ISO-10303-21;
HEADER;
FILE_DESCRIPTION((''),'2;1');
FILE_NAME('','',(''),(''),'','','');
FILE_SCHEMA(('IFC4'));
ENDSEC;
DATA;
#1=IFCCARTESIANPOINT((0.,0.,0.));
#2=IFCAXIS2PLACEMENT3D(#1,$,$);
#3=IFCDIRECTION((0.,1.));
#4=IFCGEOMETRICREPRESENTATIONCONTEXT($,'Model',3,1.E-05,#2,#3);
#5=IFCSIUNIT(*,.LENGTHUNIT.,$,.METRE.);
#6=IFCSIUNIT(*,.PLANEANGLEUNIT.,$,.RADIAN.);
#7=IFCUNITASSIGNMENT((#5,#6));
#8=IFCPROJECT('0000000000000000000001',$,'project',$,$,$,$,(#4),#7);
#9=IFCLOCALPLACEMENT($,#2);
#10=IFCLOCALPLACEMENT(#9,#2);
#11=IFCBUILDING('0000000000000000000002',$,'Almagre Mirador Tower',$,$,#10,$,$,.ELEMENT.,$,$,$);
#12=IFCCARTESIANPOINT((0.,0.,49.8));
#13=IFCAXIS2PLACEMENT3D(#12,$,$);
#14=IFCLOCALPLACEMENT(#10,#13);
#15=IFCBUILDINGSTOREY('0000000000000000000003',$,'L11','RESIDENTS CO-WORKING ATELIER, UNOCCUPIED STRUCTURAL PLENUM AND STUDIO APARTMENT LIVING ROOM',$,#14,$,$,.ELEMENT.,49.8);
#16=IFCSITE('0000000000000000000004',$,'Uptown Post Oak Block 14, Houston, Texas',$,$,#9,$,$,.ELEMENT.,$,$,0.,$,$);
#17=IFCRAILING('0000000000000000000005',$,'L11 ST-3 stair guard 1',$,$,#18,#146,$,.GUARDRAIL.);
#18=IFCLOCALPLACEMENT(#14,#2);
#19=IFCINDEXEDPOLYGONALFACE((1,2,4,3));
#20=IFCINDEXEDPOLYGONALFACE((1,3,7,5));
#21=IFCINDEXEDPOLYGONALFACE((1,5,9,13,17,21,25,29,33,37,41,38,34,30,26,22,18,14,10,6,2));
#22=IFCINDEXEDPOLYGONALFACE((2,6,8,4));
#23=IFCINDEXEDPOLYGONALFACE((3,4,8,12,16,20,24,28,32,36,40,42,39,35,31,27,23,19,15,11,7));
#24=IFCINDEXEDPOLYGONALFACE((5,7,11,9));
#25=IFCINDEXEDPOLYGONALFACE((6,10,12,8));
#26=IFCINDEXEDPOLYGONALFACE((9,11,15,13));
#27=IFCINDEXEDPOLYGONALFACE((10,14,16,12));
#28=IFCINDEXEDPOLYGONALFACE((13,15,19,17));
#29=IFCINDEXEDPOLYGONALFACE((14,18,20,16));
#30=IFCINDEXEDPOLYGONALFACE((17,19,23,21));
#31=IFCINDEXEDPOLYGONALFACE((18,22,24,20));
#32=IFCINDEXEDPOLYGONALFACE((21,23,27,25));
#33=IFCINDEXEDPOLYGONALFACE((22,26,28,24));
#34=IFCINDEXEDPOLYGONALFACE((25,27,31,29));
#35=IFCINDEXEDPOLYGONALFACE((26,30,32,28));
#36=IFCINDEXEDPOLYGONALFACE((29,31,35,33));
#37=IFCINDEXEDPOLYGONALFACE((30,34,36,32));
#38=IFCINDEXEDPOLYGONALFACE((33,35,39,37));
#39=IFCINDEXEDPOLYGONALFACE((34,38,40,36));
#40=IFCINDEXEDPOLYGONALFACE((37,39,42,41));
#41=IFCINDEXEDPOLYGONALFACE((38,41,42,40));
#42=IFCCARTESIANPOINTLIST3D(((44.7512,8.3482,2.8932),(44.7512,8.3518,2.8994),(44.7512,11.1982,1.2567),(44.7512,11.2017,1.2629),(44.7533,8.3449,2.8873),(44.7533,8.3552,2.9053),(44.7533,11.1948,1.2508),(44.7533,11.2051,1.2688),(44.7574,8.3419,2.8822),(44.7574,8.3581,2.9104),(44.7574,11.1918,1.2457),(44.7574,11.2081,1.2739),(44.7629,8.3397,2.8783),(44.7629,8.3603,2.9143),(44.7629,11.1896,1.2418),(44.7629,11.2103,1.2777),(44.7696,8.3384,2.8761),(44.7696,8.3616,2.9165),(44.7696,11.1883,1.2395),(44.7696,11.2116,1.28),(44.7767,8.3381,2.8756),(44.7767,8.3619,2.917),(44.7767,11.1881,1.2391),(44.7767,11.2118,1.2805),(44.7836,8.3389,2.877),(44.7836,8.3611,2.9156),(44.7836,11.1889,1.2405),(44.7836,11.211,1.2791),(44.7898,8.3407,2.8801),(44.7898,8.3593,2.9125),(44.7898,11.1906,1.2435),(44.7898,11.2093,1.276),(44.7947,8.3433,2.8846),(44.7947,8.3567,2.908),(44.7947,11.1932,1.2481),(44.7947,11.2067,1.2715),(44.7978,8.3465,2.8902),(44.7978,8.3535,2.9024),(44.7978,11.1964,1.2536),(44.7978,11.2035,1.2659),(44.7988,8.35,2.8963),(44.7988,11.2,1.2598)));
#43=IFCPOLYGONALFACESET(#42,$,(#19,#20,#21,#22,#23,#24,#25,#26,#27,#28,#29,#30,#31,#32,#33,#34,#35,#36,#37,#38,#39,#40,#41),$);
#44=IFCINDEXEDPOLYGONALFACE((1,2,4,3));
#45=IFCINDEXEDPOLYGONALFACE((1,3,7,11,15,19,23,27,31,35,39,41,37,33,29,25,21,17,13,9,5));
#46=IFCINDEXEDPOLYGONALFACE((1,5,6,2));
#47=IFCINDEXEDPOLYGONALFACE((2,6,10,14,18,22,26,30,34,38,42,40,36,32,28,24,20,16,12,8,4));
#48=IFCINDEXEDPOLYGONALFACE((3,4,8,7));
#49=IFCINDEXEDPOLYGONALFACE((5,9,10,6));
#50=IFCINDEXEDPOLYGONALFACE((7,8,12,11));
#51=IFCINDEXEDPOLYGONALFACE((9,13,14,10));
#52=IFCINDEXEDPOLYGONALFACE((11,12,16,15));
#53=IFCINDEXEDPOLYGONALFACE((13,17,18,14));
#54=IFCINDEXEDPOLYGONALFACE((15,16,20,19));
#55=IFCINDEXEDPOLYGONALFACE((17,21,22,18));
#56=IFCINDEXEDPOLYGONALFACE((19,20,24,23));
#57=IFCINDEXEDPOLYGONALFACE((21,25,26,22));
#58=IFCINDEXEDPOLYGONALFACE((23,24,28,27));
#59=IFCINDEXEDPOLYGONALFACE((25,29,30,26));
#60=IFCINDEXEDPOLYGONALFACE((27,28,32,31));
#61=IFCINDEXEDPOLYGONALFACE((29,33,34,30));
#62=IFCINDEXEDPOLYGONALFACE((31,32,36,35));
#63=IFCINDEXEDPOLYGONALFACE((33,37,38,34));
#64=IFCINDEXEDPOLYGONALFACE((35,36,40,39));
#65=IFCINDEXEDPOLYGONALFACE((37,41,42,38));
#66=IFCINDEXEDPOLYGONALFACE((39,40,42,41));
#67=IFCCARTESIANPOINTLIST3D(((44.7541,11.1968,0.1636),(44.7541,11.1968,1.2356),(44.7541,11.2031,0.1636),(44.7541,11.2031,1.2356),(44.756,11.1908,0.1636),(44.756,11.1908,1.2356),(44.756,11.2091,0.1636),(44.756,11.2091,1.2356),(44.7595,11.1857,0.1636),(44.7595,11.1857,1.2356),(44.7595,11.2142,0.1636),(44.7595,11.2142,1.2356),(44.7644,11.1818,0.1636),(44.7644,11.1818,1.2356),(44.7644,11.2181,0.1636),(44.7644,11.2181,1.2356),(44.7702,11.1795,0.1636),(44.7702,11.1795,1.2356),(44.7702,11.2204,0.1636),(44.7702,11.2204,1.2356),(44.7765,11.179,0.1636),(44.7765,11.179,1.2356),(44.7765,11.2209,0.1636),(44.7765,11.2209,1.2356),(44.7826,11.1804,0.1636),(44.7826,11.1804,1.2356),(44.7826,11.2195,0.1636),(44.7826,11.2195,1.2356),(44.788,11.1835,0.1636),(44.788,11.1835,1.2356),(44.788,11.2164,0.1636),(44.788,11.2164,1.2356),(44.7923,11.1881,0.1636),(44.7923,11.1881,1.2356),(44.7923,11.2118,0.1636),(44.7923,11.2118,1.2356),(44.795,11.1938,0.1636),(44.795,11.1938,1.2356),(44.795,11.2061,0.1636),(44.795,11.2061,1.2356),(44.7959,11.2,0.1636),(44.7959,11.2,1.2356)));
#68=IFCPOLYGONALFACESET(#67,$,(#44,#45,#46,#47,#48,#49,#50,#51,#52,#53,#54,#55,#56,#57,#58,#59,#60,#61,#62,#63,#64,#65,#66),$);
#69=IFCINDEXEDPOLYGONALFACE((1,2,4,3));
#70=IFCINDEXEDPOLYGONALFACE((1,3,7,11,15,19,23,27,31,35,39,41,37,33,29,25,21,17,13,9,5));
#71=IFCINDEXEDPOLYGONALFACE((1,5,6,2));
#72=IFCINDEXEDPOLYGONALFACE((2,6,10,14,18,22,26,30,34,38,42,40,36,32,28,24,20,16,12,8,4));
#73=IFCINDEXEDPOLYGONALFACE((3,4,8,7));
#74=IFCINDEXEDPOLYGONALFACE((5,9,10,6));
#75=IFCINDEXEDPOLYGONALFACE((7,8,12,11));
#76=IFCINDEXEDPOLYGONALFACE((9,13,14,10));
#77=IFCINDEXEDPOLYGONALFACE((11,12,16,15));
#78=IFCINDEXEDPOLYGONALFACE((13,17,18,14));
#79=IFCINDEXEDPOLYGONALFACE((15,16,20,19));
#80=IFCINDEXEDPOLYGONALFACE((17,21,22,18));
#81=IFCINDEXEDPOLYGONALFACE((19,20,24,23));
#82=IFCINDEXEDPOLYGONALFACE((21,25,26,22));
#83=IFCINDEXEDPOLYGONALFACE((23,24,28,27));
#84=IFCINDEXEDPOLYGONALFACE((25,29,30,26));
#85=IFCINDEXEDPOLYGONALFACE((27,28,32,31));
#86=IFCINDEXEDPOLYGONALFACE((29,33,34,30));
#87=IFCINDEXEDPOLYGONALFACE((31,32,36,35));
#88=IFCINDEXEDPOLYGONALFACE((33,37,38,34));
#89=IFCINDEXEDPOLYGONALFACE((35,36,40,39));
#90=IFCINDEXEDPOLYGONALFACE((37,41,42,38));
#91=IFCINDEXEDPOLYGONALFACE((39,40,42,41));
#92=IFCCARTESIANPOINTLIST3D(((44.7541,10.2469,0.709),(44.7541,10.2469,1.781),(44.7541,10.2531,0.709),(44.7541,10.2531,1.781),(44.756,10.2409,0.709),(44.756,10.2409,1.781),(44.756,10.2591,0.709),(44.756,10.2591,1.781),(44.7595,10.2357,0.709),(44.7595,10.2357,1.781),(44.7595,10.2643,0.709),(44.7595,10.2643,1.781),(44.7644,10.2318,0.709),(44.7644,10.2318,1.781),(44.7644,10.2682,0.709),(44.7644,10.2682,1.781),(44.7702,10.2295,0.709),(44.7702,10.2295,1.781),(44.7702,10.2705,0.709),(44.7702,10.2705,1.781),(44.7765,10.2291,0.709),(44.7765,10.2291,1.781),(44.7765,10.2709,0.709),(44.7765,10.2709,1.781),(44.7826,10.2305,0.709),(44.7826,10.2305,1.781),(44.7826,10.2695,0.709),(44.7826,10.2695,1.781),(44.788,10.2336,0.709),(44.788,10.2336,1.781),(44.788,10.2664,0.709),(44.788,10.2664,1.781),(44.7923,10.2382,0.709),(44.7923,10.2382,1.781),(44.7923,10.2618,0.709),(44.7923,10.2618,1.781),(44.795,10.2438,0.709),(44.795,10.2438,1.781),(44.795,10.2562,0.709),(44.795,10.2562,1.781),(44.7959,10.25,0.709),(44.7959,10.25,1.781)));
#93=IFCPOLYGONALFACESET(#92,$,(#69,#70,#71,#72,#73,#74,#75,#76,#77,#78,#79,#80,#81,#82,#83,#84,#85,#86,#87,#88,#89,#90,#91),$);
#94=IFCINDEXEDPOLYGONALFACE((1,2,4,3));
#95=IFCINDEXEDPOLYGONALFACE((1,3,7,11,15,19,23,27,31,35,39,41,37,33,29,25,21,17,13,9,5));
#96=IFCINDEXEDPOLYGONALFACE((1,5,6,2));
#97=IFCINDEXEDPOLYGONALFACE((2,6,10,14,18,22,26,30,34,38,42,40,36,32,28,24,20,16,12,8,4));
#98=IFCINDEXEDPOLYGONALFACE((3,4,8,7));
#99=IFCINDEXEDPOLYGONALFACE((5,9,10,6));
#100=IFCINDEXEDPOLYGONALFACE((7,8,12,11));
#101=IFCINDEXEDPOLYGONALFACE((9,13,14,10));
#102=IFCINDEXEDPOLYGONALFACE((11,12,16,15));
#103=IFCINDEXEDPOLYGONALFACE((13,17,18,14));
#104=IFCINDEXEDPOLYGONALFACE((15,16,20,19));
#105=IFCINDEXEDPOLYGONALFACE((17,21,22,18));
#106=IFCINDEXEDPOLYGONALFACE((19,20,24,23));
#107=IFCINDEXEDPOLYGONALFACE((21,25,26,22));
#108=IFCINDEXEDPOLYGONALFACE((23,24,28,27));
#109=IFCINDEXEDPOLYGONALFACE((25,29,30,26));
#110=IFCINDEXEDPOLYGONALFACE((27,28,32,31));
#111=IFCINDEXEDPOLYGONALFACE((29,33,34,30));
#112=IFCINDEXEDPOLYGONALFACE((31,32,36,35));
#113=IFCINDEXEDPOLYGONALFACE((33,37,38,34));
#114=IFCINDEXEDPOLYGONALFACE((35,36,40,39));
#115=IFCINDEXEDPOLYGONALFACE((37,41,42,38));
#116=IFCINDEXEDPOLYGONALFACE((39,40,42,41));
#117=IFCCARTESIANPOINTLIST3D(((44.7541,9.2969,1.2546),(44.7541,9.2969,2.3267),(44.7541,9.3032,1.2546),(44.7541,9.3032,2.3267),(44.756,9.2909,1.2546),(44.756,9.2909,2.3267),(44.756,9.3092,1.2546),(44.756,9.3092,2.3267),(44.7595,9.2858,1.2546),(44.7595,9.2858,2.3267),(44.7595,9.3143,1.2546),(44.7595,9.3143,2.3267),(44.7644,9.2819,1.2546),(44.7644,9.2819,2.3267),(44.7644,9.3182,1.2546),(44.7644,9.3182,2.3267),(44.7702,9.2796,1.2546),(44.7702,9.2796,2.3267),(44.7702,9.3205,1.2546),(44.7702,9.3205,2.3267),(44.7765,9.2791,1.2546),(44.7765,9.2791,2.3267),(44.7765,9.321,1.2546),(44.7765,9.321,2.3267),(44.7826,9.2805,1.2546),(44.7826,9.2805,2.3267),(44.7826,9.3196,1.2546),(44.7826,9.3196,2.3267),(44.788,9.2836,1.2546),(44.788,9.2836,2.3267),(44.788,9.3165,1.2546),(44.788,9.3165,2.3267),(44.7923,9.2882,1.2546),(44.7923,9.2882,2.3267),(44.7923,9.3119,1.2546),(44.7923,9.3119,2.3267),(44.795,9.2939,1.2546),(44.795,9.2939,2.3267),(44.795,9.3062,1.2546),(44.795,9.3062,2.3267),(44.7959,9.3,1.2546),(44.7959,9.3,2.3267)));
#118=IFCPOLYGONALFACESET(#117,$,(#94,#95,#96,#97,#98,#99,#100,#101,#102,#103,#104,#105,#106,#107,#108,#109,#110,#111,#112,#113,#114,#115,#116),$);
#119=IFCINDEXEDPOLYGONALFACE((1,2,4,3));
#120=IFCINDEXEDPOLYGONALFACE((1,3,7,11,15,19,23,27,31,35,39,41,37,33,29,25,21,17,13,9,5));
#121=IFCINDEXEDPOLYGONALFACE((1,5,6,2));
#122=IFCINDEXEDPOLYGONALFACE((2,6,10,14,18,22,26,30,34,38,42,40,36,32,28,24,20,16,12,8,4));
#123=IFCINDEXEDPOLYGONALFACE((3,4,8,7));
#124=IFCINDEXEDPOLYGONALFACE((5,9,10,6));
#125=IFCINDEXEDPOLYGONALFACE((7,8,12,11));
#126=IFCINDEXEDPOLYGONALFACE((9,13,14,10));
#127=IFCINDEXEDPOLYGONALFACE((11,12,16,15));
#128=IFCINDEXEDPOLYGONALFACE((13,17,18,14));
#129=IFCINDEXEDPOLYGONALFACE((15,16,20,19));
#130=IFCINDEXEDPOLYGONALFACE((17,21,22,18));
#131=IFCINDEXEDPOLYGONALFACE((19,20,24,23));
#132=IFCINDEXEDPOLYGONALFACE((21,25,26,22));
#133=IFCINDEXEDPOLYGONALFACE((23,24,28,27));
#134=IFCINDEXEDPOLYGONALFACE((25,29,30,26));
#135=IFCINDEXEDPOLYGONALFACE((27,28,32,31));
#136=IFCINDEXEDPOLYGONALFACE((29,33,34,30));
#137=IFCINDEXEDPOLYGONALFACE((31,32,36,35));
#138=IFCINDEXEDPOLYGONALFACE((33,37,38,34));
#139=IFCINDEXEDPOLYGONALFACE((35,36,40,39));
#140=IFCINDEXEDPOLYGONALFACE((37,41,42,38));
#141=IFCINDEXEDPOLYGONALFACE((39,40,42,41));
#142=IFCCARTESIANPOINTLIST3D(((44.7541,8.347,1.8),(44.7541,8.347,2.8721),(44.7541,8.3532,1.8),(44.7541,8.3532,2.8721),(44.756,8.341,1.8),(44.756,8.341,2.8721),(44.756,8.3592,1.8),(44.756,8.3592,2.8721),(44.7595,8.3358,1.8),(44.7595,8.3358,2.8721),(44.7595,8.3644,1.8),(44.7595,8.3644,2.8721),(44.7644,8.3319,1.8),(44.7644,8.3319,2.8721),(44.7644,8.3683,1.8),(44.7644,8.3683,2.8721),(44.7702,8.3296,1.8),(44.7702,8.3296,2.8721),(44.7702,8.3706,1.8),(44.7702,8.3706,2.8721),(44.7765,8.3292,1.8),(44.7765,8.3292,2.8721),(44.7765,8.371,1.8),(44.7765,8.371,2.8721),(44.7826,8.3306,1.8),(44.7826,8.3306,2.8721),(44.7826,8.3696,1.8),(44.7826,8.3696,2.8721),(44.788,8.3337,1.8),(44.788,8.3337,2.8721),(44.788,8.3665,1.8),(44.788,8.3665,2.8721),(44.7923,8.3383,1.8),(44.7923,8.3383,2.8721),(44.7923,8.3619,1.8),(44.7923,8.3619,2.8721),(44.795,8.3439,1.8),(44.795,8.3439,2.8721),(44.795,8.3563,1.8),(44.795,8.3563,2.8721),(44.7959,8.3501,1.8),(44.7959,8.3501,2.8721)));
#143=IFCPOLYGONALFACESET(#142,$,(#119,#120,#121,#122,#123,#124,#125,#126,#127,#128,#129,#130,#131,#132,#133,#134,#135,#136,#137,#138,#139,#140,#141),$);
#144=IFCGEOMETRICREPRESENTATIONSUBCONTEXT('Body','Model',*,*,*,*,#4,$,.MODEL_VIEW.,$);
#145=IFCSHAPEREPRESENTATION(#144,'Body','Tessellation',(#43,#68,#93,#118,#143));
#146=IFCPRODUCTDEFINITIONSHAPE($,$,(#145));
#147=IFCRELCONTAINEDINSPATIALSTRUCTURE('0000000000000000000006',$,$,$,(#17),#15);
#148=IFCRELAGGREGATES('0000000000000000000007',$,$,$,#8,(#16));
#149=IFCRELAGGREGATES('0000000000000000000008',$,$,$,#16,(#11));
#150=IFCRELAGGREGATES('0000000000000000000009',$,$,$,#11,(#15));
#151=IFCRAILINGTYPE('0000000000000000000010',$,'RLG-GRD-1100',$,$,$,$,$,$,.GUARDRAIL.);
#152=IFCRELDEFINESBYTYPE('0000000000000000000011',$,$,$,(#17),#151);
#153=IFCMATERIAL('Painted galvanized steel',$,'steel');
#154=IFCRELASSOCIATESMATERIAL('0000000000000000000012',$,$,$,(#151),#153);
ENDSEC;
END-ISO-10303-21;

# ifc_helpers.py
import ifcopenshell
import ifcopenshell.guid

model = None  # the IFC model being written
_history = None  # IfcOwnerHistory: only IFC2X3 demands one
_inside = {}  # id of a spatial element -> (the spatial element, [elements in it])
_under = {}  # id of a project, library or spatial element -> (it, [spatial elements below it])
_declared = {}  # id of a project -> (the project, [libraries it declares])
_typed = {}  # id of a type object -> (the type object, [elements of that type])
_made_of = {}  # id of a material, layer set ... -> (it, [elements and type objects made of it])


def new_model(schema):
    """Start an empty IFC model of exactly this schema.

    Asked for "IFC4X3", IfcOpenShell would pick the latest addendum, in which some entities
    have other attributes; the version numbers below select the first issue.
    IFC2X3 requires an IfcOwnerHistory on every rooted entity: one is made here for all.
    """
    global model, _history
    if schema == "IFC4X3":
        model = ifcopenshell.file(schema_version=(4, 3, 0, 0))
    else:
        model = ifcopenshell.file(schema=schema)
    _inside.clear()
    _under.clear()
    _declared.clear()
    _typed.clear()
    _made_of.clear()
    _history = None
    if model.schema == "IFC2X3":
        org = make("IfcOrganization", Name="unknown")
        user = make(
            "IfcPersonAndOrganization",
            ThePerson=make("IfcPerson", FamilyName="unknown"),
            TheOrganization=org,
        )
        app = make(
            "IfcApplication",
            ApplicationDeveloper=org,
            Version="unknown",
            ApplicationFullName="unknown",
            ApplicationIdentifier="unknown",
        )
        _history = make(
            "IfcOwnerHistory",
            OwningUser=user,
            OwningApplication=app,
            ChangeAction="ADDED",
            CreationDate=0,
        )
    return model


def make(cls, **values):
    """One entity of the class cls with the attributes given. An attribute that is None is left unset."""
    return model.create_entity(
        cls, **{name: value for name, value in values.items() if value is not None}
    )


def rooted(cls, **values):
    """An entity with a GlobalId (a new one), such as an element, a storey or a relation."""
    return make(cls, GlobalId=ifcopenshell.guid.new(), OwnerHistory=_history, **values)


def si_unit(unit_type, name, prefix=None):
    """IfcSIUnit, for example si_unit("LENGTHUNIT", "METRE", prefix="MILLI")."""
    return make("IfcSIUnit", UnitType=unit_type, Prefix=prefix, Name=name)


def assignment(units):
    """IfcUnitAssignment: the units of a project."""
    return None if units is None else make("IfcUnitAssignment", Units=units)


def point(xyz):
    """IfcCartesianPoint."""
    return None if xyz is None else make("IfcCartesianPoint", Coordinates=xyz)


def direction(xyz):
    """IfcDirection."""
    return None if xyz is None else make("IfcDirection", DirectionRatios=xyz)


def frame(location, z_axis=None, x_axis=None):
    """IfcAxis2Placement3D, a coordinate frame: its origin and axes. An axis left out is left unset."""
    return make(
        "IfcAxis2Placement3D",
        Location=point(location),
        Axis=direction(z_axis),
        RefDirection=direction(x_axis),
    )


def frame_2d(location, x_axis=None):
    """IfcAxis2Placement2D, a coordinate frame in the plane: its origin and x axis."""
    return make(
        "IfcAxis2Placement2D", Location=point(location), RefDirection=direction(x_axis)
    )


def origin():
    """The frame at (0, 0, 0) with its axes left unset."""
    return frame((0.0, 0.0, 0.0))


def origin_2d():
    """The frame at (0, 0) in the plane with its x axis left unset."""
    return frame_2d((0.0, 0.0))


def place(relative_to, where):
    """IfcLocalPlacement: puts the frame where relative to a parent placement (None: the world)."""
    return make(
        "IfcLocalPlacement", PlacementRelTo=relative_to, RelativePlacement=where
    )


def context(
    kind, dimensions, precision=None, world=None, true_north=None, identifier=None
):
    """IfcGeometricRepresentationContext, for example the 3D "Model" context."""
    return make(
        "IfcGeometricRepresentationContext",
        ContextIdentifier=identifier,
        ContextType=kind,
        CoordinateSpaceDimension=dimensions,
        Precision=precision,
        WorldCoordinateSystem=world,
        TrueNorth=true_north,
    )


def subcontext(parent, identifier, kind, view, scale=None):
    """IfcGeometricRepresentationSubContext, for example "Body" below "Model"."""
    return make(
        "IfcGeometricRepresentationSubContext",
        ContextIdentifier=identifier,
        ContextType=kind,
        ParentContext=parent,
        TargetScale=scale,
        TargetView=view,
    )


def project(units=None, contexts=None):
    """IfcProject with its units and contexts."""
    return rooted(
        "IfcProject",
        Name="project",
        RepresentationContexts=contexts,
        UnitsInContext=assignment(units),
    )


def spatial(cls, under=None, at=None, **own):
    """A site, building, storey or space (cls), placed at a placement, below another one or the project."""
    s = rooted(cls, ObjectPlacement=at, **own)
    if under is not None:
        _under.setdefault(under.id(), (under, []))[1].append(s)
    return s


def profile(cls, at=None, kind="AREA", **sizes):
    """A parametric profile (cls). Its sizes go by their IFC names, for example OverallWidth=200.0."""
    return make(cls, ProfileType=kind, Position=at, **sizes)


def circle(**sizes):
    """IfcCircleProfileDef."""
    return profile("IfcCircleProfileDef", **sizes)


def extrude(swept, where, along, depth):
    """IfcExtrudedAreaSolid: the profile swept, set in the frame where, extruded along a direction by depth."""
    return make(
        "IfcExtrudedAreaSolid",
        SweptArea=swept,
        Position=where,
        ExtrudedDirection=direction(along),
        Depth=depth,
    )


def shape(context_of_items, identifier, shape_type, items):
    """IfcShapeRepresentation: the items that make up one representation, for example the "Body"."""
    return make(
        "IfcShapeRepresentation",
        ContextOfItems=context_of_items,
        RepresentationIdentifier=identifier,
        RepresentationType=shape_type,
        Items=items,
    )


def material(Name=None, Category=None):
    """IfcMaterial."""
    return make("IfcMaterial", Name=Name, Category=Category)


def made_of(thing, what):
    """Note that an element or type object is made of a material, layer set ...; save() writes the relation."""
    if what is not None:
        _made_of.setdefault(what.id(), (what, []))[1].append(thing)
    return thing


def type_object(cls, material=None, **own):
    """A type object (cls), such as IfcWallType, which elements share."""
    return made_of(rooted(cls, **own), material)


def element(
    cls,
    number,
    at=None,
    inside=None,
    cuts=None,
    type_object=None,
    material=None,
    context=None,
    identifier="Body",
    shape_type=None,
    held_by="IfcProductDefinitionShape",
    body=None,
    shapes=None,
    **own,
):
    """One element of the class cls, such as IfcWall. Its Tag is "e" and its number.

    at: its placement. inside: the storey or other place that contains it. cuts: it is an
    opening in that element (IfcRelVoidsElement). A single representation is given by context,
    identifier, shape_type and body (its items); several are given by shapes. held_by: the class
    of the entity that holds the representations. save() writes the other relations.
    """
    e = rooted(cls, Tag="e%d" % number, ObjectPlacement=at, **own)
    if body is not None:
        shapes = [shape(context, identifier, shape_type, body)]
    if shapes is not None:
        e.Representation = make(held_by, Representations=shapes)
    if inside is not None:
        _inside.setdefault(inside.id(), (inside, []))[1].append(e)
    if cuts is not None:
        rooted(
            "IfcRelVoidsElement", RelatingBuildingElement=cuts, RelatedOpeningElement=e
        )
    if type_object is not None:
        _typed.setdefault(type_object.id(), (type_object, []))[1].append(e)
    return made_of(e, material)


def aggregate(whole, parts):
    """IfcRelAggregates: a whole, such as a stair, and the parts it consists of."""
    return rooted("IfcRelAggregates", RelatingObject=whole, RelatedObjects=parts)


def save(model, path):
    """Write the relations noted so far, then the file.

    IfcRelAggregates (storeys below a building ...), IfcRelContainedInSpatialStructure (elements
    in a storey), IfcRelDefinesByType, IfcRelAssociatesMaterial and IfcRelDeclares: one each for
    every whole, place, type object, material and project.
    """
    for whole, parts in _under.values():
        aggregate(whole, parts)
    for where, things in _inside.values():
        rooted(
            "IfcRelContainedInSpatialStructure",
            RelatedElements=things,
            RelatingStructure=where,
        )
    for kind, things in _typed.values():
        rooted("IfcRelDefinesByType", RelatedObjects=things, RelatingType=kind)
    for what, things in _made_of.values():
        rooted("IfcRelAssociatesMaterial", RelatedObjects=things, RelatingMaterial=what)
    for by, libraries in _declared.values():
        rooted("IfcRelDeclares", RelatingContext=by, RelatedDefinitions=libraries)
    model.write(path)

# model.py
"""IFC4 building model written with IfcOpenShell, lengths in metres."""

from ifc_helpers import new_model, si_unit, direction, frame, origin, origin_2d, place, context, subcontext, project, spatial, circle, extrude, material, type_object, element, save


model = new_model("IFC4")

# Units and contexts
model_context = context("Model", 3, precision=1e-05, world=origin(), true_north=direction((0.0, 1.0)))
body_context = subcontext(model_context, "Body", "Model", "MODEL_VIEW")
ifc_project = project(units=[si_unit("LENGTHUNIT", "METRE"), si_unit("PLANEANGLEUNIT", "RADIAN")], contexts=[model_context])

# Site, building, storey
site_placement = place(None, origin())
site = spatial("IfcSite", under=ifc_project, at=site_placement, Name="Uptown Post Oak Block 14, Houston, Texas", CompositionType="ELEMENT", RefElevation=0.0)
building_placement = place(site_placement, origin())
building = spatial("IfcBuilding", under=site, at=building_placement, Name="Almagre Mirador Tower", CompositionType="ELEMENT")
storey_placement = place(building_placement, frame((0.0, 0.0, 49.8)))
storey = spatial("IfcBuildingStorey", under=building, at=storey_placement, Name="L11", Description="RESIDENTS CO-WORKING ATELIER, UNOCCUPIED STRUCTURAL PLENUM AND STUDIO APARTMENT LIVING ROOM", CompositionType="ELEMENT", Elevation=49.8)

# Railing
ifc_material_1 = material(Name="Painted galvanized steel", Category="steel")
railing_type_1 = type_object("IfcRailingType", Name="RLG-GRD-1100", PredefinedType="GUARDRAIL", material=ifc_material_1)
railing_1_placement = place(storey_placement, frame((44.7749, 11.2, 0.1636)))
element("IfcRailing", 1, at=railing_1_placement, inside=storey, type_object=railing_type_1, Name="L11 ST-3 stair guard 1", PredefinedType="GUARDRAIL", context=body_context, shape_type="SweptSolid", body=[
    extrude(circle(Radius=0.0239, at=origin_2d()), frame((0.0, 0.0, 1.0962), z_axis=(0.0, -0.867194, 0.49797), x_axis=(1.0, 0.0, 0.0)), (0.0, 0.0, 1.0), 3.2864),
    extrude(circle(Radius=0.021, at=origin_2d()), origin(), (0.0, 0.0, 1.0), 1.072),
    extrude(circle(Radius=0.021, at=origin_2d()), frame((0.0, -0.95, 0.5454)), (0.0, 0.0, 1.0), 1.072),
    extrude(circle(Radius=0.021, at=origin_2d()), frame((0.0, -1.8999, 1.0911)), (0.0, 0.0, 1.0), 1.072),
    extrude(circle(Radius=0.021, at=origin_2d()), frame((0.0, -2.8499, 1.6365)), (0.0, 0.0, 1.0), 1.072),
])

save(model, "model.ifc")
